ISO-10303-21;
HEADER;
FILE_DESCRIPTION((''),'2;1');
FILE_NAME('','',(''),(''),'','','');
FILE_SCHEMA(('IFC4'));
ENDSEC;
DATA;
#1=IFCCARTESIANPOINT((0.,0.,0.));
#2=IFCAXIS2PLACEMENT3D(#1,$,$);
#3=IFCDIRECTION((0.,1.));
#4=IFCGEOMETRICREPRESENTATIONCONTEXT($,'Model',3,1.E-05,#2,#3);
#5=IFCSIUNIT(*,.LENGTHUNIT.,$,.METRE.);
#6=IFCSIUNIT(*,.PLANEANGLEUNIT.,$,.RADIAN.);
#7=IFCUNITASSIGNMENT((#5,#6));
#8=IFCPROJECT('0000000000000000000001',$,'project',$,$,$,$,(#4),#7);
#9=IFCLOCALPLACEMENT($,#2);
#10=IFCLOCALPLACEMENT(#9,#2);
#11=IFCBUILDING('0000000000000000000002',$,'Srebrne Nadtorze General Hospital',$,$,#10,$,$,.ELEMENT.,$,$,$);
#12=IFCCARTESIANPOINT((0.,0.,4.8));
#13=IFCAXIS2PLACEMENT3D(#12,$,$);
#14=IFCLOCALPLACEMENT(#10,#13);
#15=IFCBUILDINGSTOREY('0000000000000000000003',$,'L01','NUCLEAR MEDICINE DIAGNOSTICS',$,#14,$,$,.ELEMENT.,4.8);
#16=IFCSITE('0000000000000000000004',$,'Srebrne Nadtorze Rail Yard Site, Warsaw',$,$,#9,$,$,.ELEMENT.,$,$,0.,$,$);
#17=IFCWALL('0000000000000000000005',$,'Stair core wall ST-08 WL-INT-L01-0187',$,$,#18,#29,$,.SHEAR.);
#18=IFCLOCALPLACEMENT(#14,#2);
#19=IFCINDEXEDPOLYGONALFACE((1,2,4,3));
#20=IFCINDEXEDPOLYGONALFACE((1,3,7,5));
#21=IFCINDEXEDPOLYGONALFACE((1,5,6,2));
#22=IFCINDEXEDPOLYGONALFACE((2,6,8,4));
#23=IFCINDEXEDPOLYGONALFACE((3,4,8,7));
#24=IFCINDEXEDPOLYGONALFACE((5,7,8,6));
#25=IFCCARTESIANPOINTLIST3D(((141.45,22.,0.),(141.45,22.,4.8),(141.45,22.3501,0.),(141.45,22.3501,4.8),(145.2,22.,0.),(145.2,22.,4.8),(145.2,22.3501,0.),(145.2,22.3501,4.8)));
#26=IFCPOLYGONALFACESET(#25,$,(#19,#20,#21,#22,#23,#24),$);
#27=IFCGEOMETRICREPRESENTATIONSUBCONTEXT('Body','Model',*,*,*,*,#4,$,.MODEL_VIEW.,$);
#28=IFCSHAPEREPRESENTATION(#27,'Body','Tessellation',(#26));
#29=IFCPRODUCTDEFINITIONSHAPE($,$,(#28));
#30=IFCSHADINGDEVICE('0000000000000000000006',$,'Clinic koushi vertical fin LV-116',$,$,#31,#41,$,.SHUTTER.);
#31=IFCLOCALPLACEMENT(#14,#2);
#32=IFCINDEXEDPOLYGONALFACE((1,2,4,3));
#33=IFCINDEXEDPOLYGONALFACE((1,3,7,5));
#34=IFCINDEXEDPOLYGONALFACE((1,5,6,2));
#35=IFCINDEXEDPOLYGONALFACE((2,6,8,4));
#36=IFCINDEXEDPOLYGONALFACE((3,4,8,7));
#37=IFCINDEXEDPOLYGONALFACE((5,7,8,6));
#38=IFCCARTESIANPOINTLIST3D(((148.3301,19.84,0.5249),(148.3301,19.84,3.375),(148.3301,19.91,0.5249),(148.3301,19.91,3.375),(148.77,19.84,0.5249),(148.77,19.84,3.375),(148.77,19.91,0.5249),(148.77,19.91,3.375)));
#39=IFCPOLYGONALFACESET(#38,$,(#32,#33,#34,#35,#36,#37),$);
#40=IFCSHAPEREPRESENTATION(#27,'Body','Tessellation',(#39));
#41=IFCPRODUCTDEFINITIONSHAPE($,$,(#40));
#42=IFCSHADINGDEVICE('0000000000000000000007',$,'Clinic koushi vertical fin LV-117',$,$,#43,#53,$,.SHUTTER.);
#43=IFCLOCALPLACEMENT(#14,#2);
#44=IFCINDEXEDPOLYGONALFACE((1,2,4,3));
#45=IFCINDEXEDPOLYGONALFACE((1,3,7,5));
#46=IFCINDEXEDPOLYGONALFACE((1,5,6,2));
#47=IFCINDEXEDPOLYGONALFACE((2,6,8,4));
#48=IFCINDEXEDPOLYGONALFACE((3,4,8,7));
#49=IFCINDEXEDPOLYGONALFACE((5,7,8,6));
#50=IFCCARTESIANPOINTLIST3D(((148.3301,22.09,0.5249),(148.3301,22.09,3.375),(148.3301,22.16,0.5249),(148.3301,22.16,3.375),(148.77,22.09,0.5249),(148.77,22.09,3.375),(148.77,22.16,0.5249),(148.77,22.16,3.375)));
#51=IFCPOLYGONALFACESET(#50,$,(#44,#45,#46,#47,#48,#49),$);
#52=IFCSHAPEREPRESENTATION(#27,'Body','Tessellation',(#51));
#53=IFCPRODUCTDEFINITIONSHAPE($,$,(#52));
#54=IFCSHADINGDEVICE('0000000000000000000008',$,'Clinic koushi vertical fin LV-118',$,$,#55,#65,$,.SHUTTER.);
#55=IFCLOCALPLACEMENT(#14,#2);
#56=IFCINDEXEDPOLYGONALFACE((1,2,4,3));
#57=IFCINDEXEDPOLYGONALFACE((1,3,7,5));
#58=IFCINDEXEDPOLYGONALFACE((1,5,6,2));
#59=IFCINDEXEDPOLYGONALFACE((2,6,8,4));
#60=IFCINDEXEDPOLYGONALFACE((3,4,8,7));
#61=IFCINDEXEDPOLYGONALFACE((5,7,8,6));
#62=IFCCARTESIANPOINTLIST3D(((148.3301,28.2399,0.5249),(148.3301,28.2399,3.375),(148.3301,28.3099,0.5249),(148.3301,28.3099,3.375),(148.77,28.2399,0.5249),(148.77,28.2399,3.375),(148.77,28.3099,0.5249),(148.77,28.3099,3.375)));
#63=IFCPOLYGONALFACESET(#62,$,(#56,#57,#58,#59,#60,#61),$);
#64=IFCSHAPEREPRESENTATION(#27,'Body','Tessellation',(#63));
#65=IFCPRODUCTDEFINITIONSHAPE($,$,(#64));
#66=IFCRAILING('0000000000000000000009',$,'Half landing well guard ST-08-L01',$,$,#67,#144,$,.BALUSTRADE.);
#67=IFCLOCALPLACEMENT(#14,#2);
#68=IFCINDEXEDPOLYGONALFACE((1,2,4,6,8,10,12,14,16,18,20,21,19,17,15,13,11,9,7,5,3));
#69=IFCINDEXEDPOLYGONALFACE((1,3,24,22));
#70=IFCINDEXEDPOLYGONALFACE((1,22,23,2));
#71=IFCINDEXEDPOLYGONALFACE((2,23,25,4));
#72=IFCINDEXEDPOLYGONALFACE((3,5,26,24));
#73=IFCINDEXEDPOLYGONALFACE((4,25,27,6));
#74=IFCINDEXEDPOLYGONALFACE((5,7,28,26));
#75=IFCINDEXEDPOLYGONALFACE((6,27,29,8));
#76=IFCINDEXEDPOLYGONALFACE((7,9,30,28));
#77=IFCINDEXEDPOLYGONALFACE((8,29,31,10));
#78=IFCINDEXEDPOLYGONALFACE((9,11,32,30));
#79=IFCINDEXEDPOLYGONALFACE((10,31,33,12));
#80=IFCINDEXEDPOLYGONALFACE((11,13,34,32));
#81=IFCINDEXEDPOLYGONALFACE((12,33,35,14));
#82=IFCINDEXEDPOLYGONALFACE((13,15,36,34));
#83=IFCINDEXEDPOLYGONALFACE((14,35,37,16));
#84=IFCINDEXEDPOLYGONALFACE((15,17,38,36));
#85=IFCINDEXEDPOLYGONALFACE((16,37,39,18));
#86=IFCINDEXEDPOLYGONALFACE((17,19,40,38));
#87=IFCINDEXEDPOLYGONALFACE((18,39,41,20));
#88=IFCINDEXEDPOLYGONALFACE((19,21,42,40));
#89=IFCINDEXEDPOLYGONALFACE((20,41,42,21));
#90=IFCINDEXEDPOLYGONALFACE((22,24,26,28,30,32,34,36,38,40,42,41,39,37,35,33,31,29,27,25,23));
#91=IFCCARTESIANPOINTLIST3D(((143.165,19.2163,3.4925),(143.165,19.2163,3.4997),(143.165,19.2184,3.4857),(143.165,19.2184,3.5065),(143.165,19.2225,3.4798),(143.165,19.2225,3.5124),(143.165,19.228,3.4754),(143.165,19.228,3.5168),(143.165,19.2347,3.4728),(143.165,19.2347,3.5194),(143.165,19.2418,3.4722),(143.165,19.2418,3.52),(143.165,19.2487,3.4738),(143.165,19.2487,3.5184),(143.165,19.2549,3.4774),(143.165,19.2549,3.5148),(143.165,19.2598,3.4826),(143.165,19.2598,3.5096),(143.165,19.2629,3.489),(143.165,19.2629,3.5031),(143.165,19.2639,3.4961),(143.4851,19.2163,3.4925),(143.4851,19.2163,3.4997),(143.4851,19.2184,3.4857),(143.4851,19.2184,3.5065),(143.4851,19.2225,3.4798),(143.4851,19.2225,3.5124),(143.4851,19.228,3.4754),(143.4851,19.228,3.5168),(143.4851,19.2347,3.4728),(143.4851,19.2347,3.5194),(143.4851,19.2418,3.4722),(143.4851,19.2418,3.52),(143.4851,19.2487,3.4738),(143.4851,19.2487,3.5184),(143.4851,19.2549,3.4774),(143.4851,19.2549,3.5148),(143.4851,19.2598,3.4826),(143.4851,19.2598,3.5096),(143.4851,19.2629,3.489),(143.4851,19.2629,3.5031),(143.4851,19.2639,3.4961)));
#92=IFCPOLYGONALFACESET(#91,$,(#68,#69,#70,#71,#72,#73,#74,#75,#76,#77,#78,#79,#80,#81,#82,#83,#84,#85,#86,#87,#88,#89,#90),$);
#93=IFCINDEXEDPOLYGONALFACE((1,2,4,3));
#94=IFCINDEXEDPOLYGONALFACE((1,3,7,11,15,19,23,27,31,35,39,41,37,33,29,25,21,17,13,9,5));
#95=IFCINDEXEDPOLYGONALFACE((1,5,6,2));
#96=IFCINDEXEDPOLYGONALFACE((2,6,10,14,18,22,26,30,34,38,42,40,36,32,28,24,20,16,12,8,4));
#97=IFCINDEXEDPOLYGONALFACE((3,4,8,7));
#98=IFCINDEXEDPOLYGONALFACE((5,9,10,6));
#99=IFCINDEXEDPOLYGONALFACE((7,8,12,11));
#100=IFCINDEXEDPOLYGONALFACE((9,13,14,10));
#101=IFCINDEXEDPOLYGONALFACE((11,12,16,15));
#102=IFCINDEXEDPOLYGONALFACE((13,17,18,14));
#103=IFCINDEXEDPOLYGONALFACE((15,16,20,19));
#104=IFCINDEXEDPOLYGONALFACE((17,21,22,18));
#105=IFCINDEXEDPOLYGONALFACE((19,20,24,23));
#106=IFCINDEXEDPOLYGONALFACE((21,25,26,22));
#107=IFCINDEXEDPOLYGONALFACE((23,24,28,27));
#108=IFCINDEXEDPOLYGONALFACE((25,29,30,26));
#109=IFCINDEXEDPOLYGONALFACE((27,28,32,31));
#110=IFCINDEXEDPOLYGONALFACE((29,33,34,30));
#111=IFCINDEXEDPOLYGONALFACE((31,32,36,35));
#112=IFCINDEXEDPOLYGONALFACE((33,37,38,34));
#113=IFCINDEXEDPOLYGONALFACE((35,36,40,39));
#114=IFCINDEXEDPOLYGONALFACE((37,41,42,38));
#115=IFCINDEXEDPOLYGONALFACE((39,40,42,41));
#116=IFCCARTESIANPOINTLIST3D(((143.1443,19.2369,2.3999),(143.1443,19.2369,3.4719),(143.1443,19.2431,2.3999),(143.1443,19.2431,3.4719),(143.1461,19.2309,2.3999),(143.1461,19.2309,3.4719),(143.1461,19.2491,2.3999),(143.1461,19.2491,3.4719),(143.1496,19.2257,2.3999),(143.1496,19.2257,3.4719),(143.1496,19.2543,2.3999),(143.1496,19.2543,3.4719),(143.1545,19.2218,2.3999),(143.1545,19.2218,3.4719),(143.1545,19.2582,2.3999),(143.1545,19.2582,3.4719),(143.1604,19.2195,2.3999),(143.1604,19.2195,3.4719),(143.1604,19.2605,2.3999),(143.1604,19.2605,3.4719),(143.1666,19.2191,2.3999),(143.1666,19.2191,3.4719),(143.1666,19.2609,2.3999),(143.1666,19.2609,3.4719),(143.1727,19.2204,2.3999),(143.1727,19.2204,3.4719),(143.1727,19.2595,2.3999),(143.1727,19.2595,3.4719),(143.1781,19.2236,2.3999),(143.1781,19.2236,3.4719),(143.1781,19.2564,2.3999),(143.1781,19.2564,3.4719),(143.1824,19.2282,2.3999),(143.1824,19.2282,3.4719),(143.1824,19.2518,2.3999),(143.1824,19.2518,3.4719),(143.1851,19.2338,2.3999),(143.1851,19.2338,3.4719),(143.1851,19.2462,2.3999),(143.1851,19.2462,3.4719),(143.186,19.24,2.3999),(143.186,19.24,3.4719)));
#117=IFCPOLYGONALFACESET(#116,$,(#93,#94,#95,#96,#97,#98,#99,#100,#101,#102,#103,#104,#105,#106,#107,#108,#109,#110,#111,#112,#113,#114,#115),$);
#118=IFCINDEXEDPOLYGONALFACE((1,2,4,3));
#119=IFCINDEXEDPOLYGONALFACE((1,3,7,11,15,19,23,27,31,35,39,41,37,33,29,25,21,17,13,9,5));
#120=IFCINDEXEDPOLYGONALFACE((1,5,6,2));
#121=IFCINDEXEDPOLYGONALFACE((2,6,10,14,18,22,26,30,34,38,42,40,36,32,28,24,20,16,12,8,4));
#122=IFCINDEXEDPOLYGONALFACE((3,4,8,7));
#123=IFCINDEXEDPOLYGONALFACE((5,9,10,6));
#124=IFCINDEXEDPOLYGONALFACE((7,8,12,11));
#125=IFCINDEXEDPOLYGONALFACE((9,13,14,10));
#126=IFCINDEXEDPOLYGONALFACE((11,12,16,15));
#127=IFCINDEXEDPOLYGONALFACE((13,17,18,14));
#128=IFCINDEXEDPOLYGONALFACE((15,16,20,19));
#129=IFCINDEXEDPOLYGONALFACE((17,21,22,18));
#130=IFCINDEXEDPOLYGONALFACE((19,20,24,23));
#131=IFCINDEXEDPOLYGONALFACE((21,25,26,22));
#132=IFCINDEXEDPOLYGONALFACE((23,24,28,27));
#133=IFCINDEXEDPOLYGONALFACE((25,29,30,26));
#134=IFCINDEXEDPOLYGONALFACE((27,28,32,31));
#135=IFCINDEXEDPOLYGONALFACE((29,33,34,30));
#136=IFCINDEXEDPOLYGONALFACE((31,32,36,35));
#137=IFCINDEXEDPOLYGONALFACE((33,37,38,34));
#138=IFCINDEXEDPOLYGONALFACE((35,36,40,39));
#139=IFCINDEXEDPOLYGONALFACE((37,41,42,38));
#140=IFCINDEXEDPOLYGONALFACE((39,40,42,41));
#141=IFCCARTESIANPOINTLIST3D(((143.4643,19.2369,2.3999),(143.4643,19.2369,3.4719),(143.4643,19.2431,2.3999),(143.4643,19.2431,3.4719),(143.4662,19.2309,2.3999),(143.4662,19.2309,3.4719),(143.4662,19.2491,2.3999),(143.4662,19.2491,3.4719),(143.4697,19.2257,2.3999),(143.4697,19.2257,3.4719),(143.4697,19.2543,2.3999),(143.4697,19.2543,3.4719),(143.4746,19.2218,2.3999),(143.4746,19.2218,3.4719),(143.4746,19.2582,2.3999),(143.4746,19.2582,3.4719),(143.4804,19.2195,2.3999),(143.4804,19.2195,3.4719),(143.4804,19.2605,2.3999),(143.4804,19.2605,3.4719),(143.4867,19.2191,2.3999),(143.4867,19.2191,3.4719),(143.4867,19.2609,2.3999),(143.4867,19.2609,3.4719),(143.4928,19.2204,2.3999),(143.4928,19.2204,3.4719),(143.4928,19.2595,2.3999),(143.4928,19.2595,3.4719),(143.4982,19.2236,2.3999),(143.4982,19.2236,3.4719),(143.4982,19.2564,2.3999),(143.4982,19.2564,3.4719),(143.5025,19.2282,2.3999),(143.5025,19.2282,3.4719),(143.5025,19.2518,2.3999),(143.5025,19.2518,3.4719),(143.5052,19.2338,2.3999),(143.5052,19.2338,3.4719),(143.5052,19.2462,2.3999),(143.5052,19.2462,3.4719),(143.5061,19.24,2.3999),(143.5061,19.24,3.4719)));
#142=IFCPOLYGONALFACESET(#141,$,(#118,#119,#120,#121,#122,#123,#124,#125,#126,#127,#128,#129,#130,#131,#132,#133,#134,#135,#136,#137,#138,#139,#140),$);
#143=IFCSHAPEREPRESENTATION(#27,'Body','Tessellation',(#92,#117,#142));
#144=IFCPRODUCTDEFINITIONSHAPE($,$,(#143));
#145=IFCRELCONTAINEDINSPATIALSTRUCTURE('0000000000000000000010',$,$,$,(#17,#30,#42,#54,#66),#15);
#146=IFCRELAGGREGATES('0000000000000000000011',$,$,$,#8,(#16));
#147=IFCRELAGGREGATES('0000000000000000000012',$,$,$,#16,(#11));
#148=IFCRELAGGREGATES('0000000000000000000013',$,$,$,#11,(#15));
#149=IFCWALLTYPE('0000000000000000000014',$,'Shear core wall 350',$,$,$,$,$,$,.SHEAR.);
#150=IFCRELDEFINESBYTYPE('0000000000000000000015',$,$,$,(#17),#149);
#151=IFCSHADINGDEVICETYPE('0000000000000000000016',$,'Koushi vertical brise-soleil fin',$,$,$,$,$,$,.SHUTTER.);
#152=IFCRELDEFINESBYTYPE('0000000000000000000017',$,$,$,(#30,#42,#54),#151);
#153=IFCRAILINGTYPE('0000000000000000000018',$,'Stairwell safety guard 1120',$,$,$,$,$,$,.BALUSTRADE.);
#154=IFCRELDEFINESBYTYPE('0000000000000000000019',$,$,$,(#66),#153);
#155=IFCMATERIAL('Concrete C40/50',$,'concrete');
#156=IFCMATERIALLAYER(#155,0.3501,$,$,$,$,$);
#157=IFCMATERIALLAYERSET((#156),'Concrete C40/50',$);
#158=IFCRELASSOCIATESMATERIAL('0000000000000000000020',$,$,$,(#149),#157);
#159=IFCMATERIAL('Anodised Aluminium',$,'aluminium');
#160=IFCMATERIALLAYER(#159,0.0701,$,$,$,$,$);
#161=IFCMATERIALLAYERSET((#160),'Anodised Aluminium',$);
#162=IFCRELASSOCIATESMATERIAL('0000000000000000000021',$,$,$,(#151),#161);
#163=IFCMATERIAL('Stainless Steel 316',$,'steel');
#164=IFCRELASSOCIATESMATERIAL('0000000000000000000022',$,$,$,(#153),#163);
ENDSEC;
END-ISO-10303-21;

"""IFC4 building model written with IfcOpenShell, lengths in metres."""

from ifc_helpers import new_model, si_unit, direction, frame, frame_2d, origin, origin_2d, place, context, subcontext, project, spatial, rectangle, circle, extrude, material, layer, layer_set, type_object, element, save


model = new_model("IFC4")

# Units and contexts
model_context = context("Model", 3, precision=1e-05, world=origin(), true_north=direction((0.0, 1.0)))
body_context = subcontext(model_context, "Body", "Model", "MODEL_VIEW")
ifc_project = project(units=[si_unit("LENGTHUNIT", "METRE"), si_unit("PLANEANGLEUNIT", "RADIAN")], contexts=[model_context])

# Site, building, storey
site_placement = place(None, origin())
site = spatial("IfcSite", under=ifc_project, at=site_placement, Name="Srebrne Nadtorze Rail Yard Site, Warsaw", CompositionType="ELEMENT", RefElevation=0.0)
building_placement = place(site_placement, origin())
building = spatial("IfcBuilding", under=site, at=building_placement, Name="Srebrne Nadtorze General Hospital", CompositionType="ELEMENT")
storey_placement = place(building_placement, frame((0.0, 0.0, 4.8)))
storey = spatial("IfcBuildingStorey", under=building, at=storey_placement, Name="L01", Description="NUCLEAR MEDICINE DIAGNOSTICS", CompositionType="ELEMENT", Elevation=4.8)

# Wall
ifc_material_1 = material(Name="Concrete C40/50", Category="concrete")
ifc_layer_1 = layer(ifc_material_1, 0.3501)
ifc_layer_set_1 = layer_set([ifc_layer_1], Name="Concrete C40/50")
wall_type_1 = type_object("IfcWallType", Name="Shear core wall 350", PredefinedType="SHEAR", material=ifc_layer_set_1)
wall_1_placement = place(storey_placement, frame((141.45, 22.175, 0.0), z_axis=(0.0, 0.0, 1.0), x_axis=(1.0, 0.0, 0.0)))
element("IfcWall", 1, at=wall_1_placement, inside=storey, type_object=wall_type_1, Name="Stair core wall ST-08 WL-INT-L01-0187", PredefinedType="SHEAR", context=body_context, shape_type="SweptSolid", body=[
    extrude(rectangle(XDim=3.75, YDim=0.3501, at=frame_2d((1.875, 0.0))), origin(), (0.0, 0.0, 1.0), 4.8),
])

# Shading devices
ifc_material_2 = material(Name="Anodised Aluminium", Category="aluminium")
ifc_layer_2 = layer(ifc_material_2, 0.0701)
ifc_layer_set_2 = layer_set([ifc_layer_2], Name="Anodised Aluminium")
shading_device_type = type_object("IfcShadingDeviceType", Name="Koushi vertical brise-soleil fin", PredefinedType="SHUTTER", material=ifc_layer_set_2)
for number, where, z_axis, x_axis, name in (
    (2, (148.55, 19.875, 0.5249), (0.0, 0.0, 1.0), (1.0, 0.0, 0.0), "Clinic koushi vertical fin LV-116"),
    (3, (148.55, 22.125, 0.5249), (0.0, 0.0, 1.0), (1.0, 0.0, 0.0), "Clinic koushi vertical fin LV-117"),
    (4, (148.55, 28.2749, 0.5249), (0.0, 0.0, 1.0), (1.0, 0.0, 0.0), "Clinic koushi vertical fin LV-118"),
):
    element("IfcShadingDevice", number, at=place(storey_placement, frame(where, z_axis=z_axis, x_axis=x_axis)), inside=storey, type_object=shading_device_type, Name=name, PredefinedType="SHUTTER", context=body_context, shape_type="SweptSolid", body=[
        extrude(rectangle(XDim=0.4399, YDim=0.0701, at=origin_2d()), origin(), (0.0, 0.0, 1.0), 2.8501),
    ])

# Railing
ifc_material_3 = material(Name="Stainless Steel 316", Category="steel")
railing_type_1 = type_object("IfcRailingType", Name="Stairwell safety guard 1120", PredefinedType="BALUSTRADE", material=ifc_material_3)
railing_1_placement = place(storey_placement, frame((143.165, 19.24, 2.3999)))
element("IfcRailing", 5, at=railing_1_placement, inside=storey, type_object=railing_type_1, Name="Half landing well guard ST-08-L01", PredefinedType="BALUSTRADE", context=body_context, shape_type="SweptSolid", body=[
    extrude(circle(Radius=0.0239, at=origin_2d()), frame((0.0, 0.0, 1.0962), z_axis=(1.0, 0.0, 0.0), x_axis=(0.0, 1.0, 0.0)), (0.0, 0.0, 1.0), 0.3201),
    extrude(circle(Radius=0.021, at=origin_2d()), origin(), (0.0, 0.0, 1.0), 1.072),
    extrude(circle(Radius=0.021, at=origin_2d()), frame((0.3201, 0.0, 0.0)), (0.0, 0.0, 1.0), 1.072),
])

save(model, "model.ifc")
